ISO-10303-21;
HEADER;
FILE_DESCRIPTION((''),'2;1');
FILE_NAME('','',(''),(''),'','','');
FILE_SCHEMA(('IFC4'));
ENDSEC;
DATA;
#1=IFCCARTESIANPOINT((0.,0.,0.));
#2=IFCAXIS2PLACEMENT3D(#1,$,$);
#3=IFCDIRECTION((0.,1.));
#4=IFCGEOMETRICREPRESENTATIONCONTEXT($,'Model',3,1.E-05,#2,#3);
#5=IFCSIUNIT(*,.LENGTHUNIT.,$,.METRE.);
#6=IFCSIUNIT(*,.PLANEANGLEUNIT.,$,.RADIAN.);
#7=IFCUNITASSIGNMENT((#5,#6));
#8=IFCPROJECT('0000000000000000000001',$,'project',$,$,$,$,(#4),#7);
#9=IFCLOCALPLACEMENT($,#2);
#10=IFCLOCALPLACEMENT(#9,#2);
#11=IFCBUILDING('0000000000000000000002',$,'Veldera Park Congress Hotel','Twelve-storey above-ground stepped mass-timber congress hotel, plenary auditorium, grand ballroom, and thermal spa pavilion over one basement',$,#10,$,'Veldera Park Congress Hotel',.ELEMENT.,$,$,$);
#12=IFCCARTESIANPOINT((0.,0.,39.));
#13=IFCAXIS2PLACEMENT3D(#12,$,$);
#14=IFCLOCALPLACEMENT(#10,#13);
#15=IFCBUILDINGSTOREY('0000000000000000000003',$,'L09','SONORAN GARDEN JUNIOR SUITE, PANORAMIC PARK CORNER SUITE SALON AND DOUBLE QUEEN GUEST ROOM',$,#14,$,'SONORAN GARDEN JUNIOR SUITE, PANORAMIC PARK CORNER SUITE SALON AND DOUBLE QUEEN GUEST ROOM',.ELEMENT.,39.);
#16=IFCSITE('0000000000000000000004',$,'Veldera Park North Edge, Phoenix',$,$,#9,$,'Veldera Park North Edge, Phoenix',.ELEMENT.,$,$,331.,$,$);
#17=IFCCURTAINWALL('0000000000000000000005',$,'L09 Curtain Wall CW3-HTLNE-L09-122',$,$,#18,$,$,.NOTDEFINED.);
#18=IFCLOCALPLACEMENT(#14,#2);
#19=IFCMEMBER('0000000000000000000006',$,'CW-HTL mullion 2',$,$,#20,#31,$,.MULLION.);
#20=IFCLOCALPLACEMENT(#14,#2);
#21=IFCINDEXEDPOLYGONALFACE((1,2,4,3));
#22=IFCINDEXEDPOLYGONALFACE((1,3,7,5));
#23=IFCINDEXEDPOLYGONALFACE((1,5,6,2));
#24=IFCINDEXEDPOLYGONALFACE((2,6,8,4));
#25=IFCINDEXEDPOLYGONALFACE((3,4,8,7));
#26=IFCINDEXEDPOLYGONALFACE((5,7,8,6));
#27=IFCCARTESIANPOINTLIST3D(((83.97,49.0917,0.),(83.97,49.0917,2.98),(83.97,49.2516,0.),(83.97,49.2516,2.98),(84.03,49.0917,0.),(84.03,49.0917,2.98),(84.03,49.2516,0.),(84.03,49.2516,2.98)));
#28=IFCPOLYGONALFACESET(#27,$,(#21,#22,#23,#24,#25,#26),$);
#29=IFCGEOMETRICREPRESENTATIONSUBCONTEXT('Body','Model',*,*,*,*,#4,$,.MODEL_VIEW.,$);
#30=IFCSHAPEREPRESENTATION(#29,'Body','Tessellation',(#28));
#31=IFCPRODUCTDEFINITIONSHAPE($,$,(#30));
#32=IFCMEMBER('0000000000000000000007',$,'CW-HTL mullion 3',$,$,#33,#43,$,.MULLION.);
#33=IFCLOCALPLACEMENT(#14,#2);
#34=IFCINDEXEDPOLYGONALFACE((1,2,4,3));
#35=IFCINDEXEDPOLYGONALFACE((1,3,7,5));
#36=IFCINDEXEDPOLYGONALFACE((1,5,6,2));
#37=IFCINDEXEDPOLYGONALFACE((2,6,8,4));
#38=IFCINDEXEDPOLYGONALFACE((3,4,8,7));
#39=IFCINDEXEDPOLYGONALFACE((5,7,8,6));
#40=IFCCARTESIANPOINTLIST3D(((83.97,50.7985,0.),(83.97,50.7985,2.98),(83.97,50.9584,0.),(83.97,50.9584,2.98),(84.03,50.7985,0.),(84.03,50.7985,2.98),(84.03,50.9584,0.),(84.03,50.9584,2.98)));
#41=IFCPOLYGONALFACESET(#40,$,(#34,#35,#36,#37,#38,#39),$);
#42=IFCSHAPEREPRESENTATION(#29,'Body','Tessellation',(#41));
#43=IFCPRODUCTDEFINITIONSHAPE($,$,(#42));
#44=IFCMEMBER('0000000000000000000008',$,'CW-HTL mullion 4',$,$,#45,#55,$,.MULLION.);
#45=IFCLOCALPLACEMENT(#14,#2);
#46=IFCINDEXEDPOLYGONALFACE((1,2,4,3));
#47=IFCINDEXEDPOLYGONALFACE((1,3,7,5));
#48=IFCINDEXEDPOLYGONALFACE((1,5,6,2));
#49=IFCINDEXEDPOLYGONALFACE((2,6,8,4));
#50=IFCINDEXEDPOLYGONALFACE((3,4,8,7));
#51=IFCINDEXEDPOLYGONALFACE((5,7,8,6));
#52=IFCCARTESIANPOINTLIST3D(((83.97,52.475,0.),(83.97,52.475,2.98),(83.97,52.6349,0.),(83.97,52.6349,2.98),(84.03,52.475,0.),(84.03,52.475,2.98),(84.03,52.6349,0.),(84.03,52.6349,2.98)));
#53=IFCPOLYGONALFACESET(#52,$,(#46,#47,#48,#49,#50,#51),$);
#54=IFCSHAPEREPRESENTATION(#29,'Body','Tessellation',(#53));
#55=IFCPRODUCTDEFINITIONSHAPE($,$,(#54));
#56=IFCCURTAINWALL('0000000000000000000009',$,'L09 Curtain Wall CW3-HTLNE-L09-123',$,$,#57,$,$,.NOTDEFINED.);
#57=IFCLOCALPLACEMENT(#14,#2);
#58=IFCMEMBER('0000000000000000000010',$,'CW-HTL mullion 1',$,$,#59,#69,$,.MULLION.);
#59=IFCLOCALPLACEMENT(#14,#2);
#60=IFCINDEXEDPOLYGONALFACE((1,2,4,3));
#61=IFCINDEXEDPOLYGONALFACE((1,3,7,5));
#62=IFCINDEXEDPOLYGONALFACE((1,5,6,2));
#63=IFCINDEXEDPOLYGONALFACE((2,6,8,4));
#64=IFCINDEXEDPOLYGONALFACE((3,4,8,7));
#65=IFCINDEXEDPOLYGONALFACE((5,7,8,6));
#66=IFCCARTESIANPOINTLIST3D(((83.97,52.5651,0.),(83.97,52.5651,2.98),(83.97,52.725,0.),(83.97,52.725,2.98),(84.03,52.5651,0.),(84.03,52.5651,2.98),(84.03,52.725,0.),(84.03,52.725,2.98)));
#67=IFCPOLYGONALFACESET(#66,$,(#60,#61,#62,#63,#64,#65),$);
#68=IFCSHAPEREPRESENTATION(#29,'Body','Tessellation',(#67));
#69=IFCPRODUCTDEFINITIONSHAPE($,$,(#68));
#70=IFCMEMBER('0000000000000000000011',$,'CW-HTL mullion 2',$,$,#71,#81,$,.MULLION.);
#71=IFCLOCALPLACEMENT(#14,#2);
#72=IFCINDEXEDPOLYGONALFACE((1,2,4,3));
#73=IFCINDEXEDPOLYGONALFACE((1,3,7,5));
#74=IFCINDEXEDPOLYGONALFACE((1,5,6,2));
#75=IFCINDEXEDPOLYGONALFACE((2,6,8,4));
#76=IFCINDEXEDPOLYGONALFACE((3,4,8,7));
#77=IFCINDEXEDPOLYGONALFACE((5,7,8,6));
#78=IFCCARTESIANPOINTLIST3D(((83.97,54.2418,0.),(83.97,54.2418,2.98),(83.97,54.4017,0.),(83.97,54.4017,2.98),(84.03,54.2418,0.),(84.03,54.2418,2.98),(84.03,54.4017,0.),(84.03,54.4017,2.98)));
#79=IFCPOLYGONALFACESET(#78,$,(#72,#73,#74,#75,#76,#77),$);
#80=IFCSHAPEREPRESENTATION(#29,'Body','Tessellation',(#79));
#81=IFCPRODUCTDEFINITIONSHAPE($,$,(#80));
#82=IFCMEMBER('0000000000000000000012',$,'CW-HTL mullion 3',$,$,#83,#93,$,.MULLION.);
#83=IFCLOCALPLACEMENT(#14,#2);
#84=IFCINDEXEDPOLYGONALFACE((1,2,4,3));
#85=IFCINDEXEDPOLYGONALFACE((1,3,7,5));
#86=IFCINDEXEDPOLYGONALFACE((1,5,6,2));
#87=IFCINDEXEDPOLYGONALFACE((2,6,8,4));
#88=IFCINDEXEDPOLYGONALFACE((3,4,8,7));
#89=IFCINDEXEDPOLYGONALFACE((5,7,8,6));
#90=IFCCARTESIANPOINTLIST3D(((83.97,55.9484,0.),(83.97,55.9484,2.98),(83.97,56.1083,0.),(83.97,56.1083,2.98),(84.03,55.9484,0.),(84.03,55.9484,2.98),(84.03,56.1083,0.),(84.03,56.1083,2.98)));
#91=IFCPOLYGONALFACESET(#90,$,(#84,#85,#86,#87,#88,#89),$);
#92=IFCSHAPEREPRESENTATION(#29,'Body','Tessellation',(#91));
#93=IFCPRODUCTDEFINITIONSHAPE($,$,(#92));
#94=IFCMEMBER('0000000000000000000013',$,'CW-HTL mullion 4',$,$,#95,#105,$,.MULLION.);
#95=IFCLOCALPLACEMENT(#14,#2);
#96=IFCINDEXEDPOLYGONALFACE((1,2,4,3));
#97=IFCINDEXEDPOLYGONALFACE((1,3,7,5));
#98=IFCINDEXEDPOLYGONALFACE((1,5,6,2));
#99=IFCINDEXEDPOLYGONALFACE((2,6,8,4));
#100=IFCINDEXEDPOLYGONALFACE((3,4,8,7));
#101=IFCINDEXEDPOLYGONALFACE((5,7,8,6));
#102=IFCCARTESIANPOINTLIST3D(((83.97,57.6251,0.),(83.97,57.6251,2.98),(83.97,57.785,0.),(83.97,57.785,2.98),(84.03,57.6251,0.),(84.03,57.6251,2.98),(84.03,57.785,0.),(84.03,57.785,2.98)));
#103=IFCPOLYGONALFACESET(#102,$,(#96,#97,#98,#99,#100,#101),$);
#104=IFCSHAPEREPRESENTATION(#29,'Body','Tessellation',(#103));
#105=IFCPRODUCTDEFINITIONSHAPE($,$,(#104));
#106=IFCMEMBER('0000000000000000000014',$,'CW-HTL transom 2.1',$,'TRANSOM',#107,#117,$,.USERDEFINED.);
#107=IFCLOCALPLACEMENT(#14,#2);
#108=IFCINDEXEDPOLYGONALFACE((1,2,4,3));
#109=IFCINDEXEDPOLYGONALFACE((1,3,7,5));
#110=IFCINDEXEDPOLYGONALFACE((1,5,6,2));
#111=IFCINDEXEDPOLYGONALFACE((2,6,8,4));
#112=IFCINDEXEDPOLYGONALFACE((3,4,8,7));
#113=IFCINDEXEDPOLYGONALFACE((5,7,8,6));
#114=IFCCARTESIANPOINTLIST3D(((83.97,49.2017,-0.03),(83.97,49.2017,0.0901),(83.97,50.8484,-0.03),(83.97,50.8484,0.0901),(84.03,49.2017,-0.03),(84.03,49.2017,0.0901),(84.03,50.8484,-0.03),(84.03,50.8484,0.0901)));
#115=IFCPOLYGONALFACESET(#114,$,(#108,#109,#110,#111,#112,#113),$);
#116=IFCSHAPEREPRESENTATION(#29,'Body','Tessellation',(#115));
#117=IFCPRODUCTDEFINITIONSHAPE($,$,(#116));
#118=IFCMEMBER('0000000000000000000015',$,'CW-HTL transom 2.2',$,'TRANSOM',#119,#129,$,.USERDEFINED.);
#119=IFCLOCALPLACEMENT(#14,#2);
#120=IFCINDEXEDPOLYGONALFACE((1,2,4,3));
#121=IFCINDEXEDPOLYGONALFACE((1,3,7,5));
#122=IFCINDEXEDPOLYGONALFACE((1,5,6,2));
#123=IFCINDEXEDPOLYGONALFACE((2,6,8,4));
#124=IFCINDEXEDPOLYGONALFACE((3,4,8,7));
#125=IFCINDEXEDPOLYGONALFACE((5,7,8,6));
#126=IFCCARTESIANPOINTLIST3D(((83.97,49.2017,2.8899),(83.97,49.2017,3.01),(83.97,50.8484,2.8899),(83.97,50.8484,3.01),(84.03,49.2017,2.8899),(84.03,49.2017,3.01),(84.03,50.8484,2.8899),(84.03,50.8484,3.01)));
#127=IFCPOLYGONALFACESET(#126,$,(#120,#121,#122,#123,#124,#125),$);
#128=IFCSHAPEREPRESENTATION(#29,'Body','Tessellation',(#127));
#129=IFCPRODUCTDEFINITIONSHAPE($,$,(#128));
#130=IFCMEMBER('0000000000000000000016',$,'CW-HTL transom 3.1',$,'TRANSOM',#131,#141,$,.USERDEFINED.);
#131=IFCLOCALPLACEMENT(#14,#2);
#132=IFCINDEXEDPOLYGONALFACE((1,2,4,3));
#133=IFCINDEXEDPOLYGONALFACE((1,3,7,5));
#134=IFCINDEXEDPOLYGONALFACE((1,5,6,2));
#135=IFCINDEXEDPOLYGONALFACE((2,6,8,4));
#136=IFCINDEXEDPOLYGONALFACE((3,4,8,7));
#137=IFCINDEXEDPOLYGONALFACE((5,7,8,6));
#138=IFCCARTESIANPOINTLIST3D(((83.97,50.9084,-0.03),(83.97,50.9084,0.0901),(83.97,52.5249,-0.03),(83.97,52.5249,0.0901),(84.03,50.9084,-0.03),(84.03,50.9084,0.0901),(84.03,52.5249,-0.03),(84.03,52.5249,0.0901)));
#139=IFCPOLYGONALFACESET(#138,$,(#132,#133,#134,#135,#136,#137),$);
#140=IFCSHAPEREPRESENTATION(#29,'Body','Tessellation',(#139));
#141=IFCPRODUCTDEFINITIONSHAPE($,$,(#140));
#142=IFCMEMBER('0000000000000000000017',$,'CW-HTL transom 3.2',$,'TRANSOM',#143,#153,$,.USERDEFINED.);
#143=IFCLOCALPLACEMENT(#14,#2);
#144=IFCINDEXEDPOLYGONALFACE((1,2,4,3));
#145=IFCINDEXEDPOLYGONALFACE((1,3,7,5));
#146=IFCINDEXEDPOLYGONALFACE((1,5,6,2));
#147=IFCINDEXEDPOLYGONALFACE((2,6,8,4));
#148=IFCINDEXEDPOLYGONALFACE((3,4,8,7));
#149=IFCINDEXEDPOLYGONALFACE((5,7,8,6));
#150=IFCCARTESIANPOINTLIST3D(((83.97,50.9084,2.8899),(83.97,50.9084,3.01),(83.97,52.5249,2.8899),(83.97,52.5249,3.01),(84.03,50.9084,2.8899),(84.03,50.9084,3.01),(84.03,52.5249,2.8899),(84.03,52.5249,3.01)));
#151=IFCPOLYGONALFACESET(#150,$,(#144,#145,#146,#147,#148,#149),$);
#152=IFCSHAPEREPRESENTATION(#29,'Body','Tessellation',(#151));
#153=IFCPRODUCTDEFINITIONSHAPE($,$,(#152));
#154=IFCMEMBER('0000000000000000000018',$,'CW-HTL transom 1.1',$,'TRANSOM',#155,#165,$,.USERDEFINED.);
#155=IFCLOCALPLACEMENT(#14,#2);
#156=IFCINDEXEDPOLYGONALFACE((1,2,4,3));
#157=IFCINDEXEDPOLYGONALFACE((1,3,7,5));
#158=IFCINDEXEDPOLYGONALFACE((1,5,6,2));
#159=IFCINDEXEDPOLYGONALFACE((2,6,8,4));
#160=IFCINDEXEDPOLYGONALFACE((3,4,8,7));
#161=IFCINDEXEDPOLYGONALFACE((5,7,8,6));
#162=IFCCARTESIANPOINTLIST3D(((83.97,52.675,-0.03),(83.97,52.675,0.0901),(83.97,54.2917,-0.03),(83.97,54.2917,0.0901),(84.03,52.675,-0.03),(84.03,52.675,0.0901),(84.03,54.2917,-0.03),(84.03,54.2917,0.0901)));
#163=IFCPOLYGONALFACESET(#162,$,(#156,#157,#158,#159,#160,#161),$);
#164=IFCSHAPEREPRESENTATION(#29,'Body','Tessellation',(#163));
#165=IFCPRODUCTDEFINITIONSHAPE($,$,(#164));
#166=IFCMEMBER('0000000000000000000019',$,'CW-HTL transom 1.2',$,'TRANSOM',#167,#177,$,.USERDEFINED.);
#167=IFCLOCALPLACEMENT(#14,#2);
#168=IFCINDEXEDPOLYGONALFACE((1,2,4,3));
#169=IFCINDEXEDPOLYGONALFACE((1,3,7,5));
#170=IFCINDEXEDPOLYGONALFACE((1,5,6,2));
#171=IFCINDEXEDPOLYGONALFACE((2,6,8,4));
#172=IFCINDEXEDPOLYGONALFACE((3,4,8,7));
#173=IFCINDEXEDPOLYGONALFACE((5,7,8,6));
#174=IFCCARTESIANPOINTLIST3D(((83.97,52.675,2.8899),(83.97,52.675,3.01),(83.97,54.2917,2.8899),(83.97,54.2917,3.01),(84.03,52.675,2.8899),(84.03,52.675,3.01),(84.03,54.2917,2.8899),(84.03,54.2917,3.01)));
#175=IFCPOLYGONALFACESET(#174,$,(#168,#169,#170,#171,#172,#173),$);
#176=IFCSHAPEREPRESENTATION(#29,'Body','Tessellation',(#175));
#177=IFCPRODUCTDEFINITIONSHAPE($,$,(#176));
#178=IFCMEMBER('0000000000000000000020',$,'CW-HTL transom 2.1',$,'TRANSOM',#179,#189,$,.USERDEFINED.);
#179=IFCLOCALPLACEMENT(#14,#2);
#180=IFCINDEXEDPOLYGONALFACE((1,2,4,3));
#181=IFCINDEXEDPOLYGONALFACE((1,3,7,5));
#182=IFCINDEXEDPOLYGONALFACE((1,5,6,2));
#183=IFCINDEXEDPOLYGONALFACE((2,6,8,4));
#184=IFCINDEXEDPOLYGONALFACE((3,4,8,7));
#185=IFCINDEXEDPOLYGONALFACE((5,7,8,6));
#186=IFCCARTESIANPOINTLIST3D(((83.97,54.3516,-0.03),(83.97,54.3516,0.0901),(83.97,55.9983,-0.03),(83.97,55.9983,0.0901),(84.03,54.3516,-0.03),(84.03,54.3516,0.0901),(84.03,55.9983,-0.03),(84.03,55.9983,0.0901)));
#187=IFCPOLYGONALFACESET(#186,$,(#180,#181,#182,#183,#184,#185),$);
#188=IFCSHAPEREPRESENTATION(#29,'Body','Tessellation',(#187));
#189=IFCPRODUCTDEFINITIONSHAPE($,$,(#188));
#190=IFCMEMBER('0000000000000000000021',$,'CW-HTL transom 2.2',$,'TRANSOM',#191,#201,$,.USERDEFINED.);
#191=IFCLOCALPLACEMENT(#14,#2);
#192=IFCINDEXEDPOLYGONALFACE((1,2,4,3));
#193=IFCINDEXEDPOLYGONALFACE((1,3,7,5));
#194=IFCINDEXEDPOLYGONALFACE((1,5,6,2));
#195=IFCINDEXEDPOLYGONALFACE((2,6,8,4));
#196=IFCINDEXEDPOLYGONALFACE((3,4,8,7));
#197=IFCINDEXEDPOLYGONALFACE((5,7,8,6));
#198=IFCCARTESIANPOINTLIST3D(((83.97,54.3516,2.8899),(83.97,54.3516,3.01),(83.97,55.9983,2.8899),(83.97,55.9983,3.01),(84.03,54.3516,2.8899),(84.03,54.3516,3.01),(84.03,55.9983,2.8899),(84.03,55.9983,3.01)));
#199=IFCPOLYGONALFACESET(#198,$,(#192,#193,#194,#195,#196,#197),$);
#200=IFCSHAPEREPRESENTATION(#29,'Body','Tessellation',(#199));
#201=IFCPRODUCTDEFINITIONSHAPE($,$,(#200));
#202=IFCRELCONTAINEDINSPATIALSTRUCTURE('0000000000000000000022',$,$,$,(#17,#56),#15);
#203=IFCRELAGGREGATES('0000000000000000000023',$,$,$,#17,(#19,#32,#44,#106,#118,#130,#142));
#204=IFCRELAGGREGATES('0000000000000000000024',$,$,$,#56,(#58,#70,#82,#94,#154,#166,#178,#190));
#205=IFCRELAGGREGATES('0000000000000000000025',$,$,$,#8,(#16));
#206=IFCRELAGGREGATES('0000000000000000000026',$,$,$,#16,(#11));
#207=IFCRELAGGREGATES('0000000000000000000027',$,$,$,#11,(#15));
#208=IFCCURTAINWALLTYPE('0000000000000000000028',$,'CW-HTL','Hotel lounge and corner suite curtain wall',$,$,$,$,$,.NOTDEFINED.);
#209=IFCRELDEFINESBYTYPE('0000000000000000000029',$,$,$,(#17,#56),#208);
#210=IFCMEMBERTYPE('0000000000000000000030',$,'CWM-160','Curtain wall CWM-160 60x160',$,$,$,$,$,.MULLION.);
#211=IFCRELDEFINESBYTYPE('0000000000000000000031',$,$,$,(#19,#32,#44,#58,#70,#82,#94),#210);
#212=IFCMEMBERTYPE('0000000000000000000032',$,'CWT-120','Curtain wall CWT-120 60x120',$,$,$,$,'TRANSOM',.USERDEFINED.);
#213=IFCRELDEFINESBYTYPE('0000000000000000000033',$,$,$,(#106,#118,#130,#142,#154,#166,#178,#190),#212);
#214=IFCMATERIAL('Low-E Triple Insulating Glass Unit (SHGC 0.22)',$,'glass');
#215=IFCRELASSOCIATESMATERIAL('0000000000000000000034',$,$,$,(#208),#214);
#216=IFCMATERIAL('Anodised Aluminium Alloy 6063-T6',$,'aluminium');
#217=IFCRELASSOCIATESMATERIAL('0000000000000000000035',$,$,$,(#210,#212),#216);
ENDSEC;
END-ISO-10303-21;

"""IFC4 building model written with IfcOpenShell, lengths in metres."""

from ifc_helpers import new_model, si_unit, direction, frame, origin, origin_2d, place, context, subcontext, project, spatial, rectangle, extrude, material, material_profile, profile_set, type_object, element, aggregate, save


model = new_model("IFC4")

# Units and contexts
model_context = context("Model", 3, precision=1e-05, world=origin(), true_north=direction((0.0, 1.0)))
body_context = subcontext(model_context, "Body", "Model", "MODEL_VIEW")
ifc_project = project(units=[si_unit("LENGTHUNIT", "METRE"), si_unit("PLANEANGLEUNIT", "RADIAN")], contexts=[model_context])

# Site, building, storey
site_placement = place(None, origin())
site = spatial("IfcSite", under=ifc_project, at=site_placement, Name="Veldera Park North Edge, Phoenix", LongName="Veldera Park North Edge, Phoenix", CompositionType="ELEMENT", RefElevation=331.0)
building_placement = place(site_placement, origin())
building = spatial("IfcBuilding", under=site, at=building_placement, Name="Veldera Park Congress Hotel", Description="Twelve-storey above-ground stepped mass-timber congress hotel, plenary auditorium, grand ballroom, and thermal spa pavilion over one basement", LongName="Veldera Park Congress Hotel", CompositionType="ELEMENT")
storey_placement = place(building_placement, frame((0.0, 0.0, 39.0)))
storey = spatial("IfcBuildingStorey", under=building, at=storey_placement, Name="L09", Description="SONORAN GARDEN JUNIOR SUITE, PANORAMIC PARK CORNER SUITE SALON AND DOUBLE QUEEN GUEST ROOM", LongName="SONORAN GARDEN JUNIOR SUITE, PANORAMIC PARK CORNER SUITE SALON AND DOUBLE QUEEN GUEST ROOM", CompositionType="ELEMENT", Elevation=39.0)

# Curtain walls, members
ifc_material_1 = material(Name="Low-E Triple Insulating Glass Unit (SHGC 0.22)", Category="glass")
curtain_wall_type = type_object("IfcCurtainWallType", Name="CW-HTL", Description="Hotel lounge and corner suite curtain wall", PredefinedType="NOTDEFINED", material=ifc_material_1)
curtain_wall_1_placement = place(storey_placement, origin())
curtain_wall_1 = element("IfcCurtainWall", 1, at=curtain_wall_1_placement, inside=storey, type_object=curtain_wall_type, Name="L09 Curtain Wall CW3-HTLNE-L09-122", PredefinedType="NOTDEFINED")
ifc_material_2 = material(Name="Anodised Aluminium Alloy 6063-T6", Category="aluminium")
ifc_material_profile_1 = material_profile(ifc_material_2, rectangle(XDim=0.0601, YDim=0.1599, at=origin_2d()), Name="ALU 60x160")
ifc_profile_set_1 = profile_set([ifc_material_profile_1], Name="Anodised Aluminium Alloy 6063-T6")
member_type_1 = type_object("IfcMemberType", Name="CWM-160", Description="Curtain wall CWM-160 60x160", PredefinedType="MULLION", material=ifc_profile_set_1)
member_1_placement = place(storey_placement, frame((84.0, 49.1716, 0.0), z_axis=(0.0, 0.0, 1.0), x_axis=(-1.0, 0.0, 0.0)))
member_1 = element("IfcMember", 2, at=member_1_placement, type_object=member_type_1, Name="CW-HTL mullion 2", PredefinedType="MULLION", context=body_context, shape_type="SweptSolid", body=[
    extrude(rectangle(XDim=0.0601, YDim=0.1599, at=origin_2d()), origin(), (0.0, 0.0, 1.0), 2.98),
])
member_2_placement = place(storey_placement, frame((84.0, 50.8784, 0.0), z_axis=(0.0, 0.0, 1.0), x_axis=(-1.0, 0.0, 0.0)))
member_2 = element("IfcMember", 3, at=member_2_placement, type_object=member_type_1, Name="CW-HTL mullion 3", PredefinedType="MULLION", context=body_context, shape_type="SweptSolid", body=[
    extrude(rectangle(XDim=0.0601, YDim=0.1599, at=origin_2d()), origin(), (0.0, 0.0, 1.0), 2.98),
])
member_3_placement = place(storey_placement, frame((84.0, 52.5549, 0.0), z_axis=(0.0, 0.0, 1.0), x_axis=(-1.0, 0.0, 0.0)))
member_3 = element("IfcMember", 4, at=member_3_placement, type_object=member_type_1, Name="CW-HTL mullion 4", PredefinedType="MULLION", context=body_context, shape_type="SweptSolid", body=[
    extrude(rectangle(XDim=0.0601, YDim=0.1599, at=origin_2d()), origin(), (0.0, 0.0, 1.0), 2.98),
])
curtain_wall_2_placement = place(storey_placement, origin())
curtain_wall_2 = element("IfcCurtainWall", 5, at=curtain_wall_2_placement, inside=storey, type_object=curtain_wall_type, Name="L09 Curtain Wall CW3-HTLNE-L09-123", PredefinedType="NOTDEFINED")
member_4_placement = place(storey_placement, frame((84.0, 52.645, 0.0), z_axis=(0.0, 0.0, 1.0), x_axis=(-1.0, 0.0, 0.0)))
member_4 = element("IfcMember", 6, at=member_4_placement, type_object=member_type_1, Name="CW-HTL mullion 1", PredefinedType="MULLION", context=body_context, shape_type="SweptSolid", body=[
    extrude(rectangle(XDim=0.0601, YDim=0.1599, at=origin_2d()), origin(), (0.0, 0.0, 1.0), 2.98),
])
member_5_placement = place(storey_placement, frame((84.0, 54.3218, 0.0), z_axis=(0.0, 0.0, 1.0), x_axis=(-1.0, 0.0, 0.0)))
member_5 = element("IfcMember", 7, at=member_5_placement, type_object=member_type_1, Name="CW-HTL mullion 2", PredefinedType="MULLION", context=body_context, shape_type="SweptSolid", body=[
    extrude(rectangle(XDim=0.0601, YDim=0.1599, at=origin_2d()), origin(), (0.0, 0.0, 1.0), 2.98),
])
member_6_placement = place(storey_placement, frame((84.0, 56.0283, 0.0), z_axis=(0.0, 0.0, 1.0), x_axis=(-1.0, 0.0, 0.0)))
member_6 = element("IfcMember", 8, at=member_6_placement, type_object=member_type_1, Name="CW-HTL mullion 3", PredefinedType="MULLION", context=body_context, shape_type="SweptSolid", body=[
    extrude(rectangle(XDim=0.0601, YDim=0.1599, at=origin_2d()), origin(), (0.0, 0.0, 1.0), 2.98),
])
member_7_placement = place(storey_placement, frame((84.0, 57.7051, 0.0), z_axis=(0.0, 0.0, 1.0), x_axis=(-1.0, 0.0, 0.0)))
member_7 = element("IfcMember", 9, at=member_7_placement, type_object=member_type_1, Name="CW-HTL mullion 4", PredefinedType="MULLION", context=body_context, shape_type="SweptSolid", body=[
    extrude(rectangle(XDim=0.0601, YDim=0.1599, at=origin_2d()), origin(), (0.0, 0.0, 1.0), 2.98),
])

# Members
ifc_material_profile_2 = material_profile(ifc_material_2, rectangle(XDim=0.0601, YDim=0.1201, at=origin_2d()), Name="ALU 60x120")
ifc_profile_set_2 = profile_set([ifc_material_profile_2], Name="Anodised Aluminium Alloy 6063-T6")
member_type_2 = type_object("IfcMemberType", Name="CWT-120", Description="Curtain wall CWT-120 60x120", ElementType="TRANSOM", PredefinedType="USERDEFINED", material=ifc_profile_set_2)
member_8_placement = place(storey_placement, frame((84.0, 49.2017, 0.03), z_axis=(0.0, 1.0, 0.0), x_axis=(-1.0, 0.0, 0.0)))
member_8 = element("IfcMember", 10, at=member_8_placement, type_object=member_type_2, Name="CW-HTL transom 2.1", ObjectType="TRANSOM", PredefinedType="USERDEFINED", context=body_context, shape_type="SweptSolid", body=[
    extrude(rectangle(XDim=0.0601, YDim=0.1201, at=origin_2d()), origin(), (0.0, 0.0, 1.0), 1.6467),
])
member_9_placement = place(storey_placement, frame((84.0, 49.2017, 2.95), z_axis=(0.0, 1.0, 0.0), x_axis=(-1.0, 0.0, 0.0)))
member_9 = element("IfcMember", 11, at=member_9_placement, type_object=member_type_2, Name="CW-HTL transom 2.2", ObjectType="TRANSOM", PredefinedType="USERDEFINED", context=body_context, shape_type="SweptSolid", body=[
    extrude(rectangle(XDim=0.0601, YDim=0.1201, at=origin_2d()), origin(), (0.0, 0.0, 1.0), 1.6467),
])
member_10_placement = place(storey_placement, frame((84.0, 50.9084, 0.03), z_axis=(0.0, 1.0, 0.0), x_axis=(-1.0, 0.0, 0.0)))
member_10 = element("IfcMember", 12, at=member_10_placement, type_object=member_type_2, Name="CW-HTL transom 3.1", ObjectType="TRANSOM", PredefinedType="USERDEFINED", context=body_context, shape_type="SweptSolid", body=[
    extrude(rectangle(XDim=0.0601, YDim=0.1201, at=origin_2d()), origin(), (0.0, 0.0, 1.0), 1.6165),
])
member_11_placement = place(storey_placement, frame((84.0, 50.9084, 2.95), z_axis=(0.0, 1.0, 0.0), x_axis=(-1.0, 0.0, 0.0)))
member_11 = element("IfcMember", 13, at=member_11_placement, type_object=member_type_2, Name="CW-HTL transom 3.2", ObjectType="TRANSOM", PredefinedType="USERDEFINED", context=body_context, shape_type="SweptSolid", body=[
    extrude(rectangle(XDim=0.0601, YDim=0.1201, at=origin_2d()), origin(), (0.0, 0.0, 1.0), 1.6165),
])
member_12_placement = place(storey_placement, frame((84.0, 52.675, 0.03), z_axis=(0.0, 1.0, 0.0), x_axis=(-1.0, 0.0, 0.0)))
member_12 = element("IfcMember", 14, at=member_12_placement, type_object=member_type_2, Name="CW-HTL transom 1.1", ObjectType="TRANSOM", PredefinedType="USERDEFINED", context=body_context, shape_type="SweptSolid", body=[
    extrude(rectangle(XDim=0.0601, YDim=0.1201, at=origin_2d()), origin(), (0.0, 0.0, 1.0), 1.6167),
])
member_13_placement = place(storey_placement, frame((84.0, 52.675, 2.95), z_axis=(0.0, 1.0, 0.0), x_axis=(-1.0, 0.0, 0.0)))
member_13 = element("IfcMember", 15, at=member_13_placement, type_object=member_type_2, Name="CW-HTL transom 1.2", ObjectType="TRANSOM", PredefinedType="USERDEFINED", context=body_context, shape_type="SweptSolid", body=[
    extrude(rectangle(XDim=0.0601, YDim=0.1201, at=origin_2d()), origin(), (0.0, 0.0, 1.0), 1.6167),
])
member_14_placement = place(storey_placement, frame((84.0, 54.3516, 0.03), z_axis=(0.0, 1.0, 0.0), x_axis=(-1.0, 0.0, 0.0)))
member_14 = element("IfcMember", 16, at=member_14_placement, type_object=member_type_2, Name="CW-HTL transom 2.1", ObjectType="TRANSOM", PredefinedType="USERDEFINED", context=body_context, shape_type="SweptSolid", body=[
    extrude(rectangle(XDim=0.0601, YDim=0.1201, at=origin_2d()), origin(), (0.0, 0.0, 1.0), 1.6467),
])
member_15_placement = place(storey_placement, frame((84.0, 54.3516, 2.95), z_axis=(0.0, 1.0, 0.0), x_axis=(-1.0, 0.0, 0.0)))
member_15 = element("IfcMember", 17, at=member_15_placement, type_object=member_type_2, Name="CW-HTL transom 2.2", ObjectType="TRANSOM", PredefinedType="USERDEFINED", context=body_context, shape_type="SweptSolid", body=[
    extrude(rectangle(XDim=0.0601, YDim=0.1201, at=origin_2d()), origin(), (0.0, 0.0, 1.0), 1.6467),
])

aggregate(curtain_wall_1, [member_1, member_2, member_3, member_8, member_9, member_10, member_11])
aggregate(curtain_wall_2, [member_4, member_5, member_6, member_7, member_12, member_13, member_14, member_15])

save(model, "model.ifc")
